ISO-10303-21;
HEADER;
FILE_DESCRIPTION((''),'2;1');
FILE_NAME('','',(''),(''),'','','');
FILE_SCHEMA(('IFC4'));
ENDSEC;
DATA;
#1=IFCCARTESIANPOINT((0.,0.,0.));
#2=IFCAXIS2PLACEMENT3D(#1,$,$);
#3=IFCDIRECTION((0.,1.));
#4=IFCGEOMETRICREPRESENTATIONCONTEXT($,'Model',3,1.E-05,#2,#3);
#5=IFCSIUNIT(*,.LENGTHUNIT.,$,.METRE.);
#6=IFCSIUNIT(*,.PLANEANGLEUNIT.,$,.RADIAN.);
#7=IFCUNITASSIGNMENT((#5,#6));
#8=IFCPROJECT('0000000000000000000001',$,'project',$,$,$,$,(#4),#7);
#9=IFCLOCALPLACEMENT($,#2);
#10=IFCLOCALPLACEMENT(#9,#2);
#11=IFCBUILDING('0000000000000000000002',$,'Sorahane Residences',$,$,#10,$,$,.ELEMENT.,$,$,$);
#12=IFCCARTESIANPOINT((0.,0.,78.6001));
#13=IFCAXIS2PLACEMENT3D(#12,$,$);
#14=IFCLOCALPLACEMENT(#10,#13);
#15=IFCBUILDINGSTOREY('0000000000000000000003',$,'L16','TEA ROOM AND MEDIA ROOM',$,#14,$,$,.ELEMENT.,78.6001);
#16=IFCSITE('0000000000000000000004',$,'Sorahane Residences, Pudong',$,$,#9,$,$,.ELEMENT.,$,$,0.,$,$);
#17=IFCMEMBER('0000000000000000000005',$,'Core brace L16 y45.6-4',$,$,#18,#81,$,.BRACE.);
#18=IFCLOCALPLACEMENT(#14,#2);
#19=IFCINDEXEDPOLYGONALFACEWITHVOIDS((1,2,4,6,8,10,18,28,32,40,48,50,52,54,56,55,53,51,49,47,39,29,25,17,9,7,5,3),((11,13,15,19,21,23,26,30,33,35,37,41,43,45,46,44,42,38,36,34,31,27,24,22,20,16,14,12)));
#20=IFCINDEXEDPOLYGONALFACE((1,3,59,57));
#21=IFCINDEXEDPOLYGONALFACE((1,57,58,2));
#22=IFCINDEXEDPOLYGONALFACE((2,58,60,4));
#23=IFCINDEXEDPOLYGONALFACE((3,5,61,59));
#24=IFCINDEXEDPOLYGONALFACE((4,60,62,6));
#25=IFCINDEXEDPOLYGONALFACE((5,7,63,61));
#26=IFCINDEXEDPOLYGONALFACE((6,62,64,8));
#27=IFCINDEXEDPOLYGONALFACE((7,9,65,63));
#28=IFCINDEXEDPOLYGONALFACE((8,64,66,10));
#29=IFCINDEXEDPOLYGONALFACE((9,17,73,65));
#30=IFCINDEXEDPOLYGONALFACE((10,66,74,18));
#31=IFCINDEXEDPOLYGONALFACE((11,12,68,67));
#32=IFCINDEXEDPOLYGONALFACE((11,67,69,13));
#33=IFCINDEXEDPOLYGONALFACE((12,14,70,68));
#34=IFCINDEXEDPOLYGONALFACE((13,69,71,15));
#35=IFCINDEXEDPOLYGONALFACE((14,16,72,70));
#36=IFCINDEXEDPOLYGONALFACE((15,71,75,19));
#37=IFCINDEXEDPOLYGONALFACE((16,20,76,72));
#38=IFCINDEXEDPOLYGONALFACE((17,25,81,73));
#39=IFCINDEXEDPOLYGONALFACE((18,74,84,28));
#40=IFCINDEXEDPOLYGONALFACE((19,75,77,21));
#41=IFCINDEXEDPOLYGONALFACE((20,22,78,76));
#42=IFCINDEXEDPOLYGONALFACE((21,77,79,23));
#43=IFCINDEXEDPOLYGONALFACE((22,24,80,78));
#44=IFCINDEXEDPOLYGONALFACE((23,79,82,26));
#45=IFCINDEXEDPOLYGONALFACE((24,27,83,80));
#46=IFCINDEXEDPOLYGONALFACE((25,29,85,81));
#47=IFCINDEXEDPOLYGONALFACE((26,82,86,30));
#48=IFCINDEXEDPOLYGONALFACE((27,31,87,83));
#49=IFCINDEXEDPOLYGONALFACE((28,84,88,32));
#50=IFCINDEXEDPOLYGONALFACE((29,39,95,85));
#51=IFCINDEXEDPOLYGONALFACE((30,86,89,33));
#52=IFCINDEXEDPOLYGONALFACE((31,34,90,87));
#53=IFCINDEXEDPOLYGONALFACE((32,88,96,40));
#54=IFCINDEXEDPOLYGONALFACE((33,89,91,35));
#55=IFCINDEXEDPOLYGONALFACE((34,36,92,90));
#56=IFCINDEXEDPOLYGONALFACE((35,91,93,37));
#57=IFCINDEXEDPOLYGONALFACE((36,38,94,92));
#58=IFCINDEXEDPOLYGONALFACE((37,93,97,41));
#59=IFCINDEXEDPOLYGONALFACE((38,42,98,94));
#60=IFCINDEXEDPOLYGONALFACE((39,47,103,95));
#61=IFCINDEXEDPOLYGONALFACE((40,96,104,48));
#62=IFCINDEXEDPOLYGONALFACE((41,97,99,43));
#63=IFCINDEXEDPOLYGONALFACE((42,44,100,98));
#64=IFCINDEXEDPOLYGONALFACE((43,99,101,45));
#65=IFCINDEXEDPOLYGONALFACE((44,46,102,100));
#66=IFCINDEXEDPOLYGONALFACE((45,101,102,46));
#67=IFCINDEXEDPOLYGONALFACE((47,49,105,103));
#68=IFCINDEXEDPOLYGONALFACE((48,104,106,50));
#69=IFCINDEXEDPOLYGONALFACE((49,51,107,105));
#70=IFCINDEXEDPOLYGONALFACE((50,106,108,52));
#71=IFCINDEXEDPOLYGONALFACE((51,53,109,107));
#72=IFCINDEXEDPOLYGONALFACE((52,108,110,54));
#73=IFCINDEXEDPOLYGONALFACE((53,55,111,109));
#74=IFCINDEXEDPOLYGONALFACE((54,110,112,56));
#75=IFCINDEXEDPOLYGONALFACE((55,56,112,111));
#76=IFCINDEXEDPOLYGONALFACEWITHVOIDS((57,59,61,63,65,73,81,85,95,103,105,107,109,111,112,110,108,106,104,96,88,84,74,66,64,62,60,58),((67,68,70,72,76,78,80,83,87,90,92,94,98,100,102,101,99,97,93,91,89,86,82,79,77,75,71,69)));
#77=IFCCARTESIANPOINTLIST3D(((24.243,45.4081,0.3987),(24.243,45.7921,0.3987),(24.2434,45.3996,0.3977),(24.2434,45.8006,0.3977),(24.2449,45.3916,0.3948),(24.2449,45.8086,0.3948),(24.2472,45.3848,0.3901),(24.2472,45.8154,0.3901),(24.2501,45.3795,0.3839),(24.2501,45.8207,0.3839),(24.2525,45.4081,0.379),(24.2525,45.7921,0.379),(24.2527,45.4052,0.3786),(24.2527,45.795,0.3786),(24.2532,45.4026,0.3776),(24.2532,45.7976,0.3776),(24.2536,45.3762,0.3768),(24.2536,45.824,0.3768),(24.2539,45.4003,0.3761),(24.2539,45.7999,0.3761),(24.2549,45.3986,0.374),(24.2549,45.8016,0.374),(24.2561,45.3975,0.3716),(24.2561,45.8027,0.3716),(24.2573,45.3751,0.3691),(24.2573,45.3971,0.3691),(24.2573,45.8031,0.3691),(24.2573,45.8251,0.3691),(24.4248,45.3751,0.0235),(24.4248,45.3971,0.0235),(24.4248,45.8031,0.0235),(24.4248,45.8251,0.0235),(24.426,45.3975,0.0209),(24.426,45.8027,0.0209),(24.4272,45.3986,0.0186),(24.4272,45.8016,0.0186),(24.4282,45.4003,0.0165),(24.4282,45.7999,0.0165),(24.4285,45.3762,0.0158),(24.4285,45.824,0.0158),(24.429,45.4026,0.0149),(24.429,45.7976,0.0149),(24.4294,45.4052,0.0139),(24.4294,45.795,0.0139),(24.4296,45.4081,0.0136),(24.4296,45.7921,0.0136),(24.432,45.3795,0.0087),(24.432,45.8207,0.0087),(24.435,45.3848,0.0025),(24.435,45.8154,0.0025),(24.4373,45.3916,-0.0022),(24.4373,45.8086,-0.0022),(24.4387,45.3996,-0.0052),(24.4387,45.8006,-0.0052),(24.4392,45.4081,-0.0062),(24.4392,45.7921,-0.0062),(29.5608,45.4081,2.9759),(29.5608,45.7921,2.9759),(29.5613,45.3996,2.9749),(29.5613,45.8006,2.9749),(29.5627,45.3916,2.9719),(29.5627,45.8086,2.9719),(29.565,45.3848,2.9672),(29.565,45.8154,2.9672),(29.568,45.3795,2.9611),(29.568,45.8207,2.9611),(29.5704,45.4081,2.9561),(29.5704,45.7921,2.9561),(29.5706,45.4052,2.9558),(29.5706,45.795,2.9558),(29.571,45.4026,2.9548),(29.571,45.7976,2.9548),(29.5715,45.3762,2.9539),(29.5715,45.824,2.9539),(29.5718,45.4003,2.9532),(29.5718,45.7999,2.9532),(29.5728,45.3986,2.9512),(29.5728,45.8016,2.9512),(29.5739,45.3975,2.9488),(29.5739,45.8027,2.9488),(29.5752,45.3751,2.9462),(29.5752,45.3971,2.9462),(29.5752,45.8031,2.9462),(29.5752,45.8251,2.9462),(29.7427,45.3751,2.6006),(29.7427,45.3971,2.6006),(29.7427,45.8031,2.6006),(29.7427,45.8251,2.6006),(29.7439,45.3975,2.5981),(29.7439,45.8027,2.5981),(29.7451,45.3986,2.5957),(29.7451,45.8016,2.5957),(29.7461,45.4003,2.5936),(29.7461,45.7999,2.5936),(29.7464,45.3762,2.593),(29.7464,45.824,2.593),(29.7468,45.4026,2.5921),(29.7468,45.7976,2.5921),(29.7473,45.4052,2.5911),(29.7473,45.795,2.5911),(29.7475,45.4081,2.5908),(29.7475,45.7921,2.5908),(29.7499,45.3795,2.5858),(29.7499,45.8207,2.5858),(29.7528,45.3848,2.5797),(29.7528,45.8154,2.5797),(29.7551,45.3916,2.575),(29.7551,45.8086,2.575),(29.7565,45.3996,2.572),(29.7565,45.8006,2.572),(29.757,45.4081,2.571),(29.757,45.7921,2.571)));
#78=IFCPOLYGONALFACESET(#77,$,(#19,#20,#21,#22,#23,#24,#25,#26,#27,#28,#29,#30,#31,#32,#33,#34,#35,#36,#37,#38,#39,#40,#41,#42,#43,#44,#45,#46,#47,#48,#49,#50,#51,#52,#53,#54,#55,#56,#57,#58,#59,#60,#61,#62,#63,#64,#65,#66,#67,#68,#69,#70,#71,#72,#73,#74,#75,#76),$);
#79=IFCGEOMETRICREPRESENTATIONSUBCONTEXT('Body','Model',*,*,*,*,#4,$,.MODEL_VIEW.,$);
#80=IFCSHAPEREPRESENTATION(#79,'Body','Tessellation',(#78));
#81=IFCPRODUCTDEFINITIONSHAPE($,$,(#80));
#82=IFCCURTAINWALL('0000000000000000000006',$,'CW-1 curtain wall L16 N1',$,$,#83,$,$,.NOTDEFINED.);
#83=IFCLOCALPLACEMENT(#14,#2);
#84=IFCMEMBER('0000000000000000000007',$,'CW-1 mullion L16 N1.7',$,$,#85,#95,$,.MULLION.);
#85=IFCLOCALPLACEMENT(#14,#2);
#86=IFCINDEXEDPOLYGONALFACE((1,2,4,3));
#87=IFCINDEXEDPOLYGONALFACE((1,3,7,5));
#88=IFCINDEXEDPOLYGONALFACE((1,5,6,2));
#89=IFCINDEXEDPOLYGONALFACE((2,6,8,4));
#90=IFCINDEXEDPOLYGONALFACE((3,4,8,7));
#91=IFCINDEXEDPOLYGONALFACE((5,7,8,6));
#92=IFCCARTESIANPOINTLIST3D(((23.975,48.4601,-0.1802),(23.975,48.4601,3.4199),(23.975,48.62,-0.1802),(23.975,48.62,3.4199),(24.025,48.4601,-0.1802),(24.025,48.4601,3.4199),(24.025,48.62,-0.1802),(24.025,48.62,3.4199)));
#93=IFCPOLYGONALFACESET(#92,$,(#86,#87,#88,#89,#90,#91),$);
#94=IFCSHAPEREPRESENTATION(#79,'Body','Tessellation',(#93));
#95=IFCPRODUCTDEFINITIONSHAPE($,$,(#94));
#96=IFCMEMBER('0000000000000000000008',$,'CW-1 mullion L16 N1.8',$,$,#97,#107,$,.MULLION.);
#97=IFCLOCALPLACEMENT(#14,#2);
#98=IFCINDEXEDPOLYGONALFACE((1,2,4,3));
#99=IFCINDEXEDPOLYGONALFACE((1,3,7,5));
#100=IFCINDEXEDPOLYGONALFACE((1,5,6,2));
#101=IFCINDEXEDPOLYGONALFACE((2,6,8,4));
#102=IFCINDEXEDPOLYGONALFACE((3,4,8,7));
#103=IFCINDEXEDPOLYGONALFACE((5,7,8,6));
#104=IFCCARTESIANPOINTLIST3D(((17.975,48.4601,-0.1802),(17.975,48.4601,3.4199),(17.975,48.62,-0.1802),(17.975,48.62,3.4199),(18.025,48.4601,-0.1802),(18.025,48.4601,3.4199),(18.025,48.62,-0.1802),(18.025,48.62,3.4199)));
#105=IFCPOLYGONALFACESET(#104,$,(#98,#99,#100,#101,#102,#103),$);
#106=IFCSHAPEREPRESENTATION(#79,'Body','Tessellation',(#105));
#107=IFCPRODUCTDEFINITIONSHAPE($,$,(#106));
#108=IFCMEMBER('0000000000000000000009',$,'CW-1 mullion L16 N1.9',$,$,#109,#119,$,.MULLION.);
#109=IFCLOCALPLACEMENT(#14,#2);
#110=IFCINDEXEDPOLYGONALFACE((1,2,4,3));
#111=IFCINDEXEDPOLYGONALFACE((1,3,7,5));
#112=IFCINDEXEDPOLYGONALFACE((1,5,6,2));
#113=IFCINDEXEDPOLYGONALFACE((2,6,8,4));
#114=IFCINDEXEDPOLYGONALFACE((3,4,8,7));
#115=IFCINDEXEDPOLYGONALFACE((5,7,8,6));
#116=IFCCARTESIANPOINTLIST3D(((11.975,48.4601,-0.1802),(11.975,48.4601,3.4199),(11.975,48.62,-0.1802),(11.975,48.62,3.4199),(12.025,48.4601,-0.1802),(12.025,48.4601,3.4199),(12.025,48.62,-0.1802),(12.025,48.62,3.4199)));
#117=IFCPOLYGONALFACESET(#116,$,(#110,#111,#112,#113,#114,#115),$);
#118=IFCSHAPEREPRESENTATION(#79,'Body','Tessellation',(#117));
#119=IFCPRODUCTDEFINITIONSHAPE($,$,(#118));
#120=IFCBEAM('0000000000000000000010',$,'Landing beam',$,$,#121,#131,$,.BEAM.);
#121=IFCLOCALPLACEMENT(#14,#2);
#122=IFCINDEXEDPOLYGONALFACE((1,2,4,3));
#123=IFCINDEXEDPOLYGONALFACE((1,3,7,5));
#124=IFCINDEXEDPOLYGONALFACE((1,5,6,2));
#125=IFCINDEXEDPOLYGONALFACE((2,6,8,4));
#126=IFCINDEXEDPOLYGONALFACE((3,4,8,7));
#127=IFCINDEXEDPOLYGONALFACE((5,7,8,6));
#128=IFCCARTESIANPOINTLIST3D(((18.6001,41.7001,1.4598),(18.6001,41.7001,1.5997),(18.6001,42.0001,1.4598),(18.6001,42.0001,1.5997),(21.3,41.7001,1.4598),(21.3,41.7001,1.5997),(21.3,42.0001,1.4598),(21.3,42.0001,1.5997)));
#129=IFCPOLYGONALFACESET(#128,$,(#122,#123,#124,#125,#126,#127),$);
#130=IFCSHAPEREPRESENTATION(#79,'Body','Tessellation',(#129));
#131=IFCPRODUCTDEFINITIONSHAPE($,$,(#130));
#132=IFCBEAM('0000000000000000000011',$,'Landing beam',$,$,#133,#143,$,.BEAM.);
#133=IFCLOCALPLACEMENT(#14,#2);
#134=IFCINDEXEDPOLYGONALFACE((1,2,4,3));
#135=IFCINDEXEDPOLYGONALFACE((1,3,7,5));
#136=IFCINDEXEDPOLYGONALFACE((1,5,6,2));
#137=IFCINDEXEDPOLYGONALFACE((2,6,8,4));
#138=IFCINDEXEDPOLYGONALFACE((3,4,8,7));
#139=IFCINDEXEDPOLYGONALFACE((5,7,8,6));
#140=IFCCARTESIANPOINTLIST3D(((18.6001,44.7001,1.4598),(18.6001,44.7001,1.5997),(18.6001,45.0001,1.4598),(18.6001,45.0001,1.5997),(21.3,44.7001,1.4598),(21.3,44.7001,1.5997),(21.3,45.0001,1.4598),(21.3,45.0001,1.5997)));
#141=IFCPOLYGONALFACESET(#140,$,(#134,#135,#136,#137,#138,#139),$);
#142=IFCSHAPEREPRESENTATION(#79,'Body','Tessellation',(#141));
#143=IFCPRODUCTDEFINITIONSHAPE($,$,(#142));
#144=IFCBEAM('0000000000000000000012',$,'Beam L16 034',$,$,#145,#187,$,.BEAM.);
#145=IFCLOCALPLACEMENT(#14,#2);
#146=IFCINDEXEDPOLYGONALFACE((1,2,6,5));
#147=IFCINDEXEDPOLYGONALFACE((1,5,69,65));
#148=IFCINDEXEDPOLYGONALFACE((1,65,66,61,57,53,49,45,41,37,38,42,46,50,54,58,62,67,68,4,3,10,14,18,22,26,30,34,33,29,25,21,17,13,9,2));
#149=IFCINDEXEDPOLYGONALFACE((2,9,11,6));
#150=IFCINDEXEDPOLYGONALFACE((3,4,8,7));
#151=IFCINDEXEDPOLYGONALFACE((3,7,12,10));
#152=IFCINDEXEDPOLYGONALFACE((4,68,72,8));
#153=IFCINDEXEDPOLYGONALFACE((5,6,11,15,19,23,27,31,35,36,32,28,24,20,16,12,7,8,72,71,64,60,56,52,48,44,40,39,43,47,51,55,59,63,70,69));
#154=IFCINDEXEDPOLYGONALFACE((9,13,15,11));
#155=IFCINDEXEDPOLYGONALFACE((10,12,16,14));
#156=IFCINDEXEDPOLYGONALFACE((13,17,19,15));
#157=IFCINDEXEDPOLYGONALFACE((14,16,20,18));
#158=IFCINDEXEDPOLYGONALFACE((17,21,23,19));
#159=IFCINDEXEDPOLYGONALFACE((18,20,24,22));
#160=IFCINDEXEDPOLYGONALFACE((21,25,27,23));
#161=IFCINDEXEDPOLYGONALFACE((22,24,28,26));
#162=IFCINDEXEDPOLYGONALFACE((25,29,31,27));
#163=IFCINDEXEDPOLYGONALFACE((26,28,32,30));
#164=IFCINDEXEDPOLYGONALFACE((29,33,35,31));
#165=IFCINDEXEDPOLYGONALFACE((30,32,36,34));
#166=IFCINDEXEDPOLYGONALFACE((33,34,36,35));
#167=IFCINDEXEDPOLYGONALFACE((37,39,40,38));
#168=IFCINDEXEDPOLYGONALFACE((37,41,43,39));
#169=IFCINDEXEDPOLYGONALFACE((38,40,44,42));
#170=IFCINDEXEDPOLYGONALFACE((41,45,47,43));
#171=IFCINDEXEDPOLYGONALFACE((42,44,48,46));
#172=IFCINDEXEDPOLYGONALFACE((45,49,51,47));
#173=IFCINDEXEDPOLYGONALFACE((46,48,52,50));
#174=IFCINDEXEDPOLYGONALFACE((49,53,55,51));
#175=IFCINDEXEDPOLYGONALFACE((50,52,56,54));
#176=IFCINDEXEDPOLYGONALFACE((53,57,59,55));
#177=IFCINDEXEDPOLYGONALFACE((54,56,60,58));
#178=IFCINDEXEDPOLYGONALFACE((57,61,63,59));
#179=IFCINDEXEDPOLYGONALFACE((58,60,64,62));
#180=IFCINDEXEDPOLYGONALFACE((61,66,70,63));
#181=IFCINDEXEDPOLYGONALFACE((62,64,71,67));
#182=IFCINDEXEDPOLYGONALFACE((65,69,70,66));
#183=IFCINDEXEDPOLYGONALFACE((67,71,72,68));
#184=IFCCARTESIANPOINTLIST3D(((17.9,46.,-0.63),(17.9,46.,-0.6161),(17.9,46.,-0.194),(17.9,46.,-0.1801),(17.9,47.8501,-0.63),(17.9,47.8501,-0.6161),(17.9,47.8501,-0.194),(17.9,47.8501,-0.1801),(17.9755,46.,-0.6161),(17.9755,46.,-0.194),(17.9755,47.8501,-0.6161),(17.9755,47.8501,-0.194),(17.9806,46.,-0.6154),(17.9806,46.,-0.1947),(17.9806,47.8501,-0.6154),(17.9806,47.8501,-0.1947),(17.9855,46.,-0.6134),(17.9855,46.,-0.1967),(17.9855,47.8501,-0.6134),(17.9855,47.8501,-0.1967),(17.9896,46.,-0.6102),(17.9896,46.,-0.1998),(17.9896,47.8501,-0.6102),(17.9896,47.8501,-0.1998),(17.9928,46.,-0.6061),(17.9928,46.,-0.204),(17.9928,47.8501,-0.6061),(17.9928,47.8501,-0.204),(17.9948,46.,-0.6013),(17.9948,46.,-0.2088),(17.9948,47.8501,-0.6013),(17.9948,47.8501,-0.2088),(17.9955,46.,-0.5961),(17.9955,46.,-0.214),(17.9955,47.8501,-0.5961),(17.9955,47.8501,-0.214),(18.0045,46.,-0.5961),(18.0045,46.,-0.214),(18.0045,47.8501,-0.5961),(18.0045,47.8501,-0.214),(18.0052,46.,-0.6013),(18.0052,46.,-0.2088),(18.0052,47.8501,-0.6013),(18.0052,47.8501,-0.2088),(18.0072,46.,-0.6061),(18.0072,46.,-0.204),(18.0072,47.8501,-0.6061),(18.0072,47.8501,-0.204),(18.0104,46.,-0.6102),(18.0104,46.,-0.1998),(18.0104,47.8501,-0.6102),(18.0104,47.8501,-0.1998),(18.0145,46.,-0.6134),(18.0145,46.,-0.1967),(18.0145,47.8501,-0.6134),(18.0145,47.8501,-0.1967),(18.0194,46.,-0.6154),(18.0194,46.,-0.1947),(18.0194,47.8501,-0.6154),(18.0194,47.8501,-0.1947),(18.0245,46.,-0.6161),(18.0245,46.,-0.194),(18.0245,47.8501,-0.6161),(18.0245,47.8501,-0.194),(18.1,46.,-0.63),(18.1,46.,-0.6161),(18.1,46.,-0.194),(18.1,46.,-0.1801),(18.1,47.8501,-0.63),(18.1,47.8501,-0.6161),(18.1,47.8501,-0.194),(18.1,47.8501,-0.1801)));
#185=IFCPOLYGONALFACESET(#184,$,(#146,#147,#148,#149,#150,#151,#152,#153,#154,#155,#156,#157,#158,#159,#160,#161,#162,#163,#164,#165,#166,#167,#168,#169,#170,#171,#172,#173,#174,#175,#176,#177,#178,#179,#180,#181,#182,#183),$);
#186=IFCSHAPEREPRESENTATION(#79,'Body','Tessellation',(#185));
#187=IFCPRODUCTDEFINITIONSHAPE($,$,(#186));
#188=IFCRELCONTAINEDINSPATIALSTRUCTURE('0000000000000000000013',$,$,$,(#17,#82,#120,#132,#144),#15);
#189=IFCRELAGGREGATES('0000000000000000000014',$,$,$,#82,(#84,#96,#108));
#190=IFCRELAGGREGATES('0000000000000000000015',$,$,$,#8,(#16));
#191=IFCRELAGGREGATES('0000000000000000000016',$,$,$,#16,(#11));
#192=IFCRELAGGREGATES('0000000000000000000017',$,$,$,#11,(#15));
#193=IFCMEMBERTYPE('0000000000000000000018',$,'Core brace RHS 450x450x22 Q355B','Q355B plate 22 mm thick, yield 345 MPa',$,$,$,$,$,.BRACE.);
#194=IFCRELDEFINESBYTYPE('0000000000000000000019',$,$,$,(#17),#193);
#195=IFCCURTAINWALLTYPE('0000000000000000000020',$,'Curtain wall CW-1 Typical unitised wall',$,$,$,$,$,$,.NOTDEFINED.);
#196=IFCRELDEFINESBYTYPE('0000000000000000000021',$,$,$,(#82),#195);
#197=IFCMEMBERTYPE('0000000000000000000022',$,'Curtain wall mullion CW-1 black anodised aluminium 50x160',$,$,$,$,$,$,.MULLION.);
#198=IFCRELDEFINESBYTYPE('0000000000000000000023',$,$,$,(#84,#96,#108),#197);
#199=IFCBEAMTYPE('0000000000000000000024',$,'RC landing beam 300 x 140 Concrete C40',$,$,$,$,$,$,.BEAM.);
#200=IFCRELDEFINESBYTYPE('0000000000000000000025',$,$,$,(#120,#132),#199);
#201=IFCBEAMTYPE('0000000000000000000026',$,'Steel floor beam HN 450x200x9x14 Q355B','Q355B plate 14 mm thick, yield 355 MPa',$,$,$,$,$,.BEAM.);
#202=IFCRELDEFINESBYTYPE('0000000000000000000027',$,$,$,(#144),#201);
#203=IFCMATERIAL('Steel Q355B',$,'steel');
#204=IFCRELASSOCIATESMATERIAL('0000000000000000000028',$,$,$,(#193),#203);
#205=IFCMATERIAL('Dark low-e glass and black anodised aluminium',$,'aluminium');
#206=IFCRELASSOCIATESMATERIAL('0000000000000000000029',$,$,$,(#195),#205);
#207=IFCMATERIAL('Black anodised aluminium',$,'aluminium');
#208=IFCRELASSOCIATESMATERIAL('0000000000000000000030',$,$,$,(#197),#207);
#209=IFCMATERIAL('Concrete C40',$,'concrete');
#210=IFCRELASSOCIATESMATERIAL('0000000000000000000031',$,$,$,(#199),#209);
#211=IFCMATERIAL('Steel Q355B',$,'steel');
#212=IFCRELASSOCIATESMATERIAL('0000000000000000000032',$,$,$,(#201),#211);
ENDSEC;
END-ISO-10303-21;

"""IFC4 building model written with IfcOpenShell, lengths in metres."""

from ifc_helpers import new_model, si_unit, direction, frame, origin, origin_2d, place, context, subcontext, project, spatial, rectangle, hollow_rectangle, i_section, extrude, material, material_profile, profile_set, type_object, element, aggregate, save


model = new_model("IFC4")

# Units and contexts
model_context = context("Model", 3, precision=1e-05, world=origin(), true_north=direction((0.0, 1.0)))
body_context = subcontext(model_context, "Body", "Model", "MODEL_VIEW")
ifc_project = project(units=[si_unit("LENGTHUNIT", "METRE"), si_unit("PLANEANGLEUNIT", "RADIAN")], contexts=[model_context])

# Site, building, storey
site_placement = place(None, origin())
site = spatial("IfcSite", under=ifc_project, at=site_placement, Name="Sorahane Residences, Pudong", CompositionType="ELEMENT", RefElevation=0.0)
building_placement = place(site_placement, origin())
building = spatial("IfcBuilding", under=site, at=building_placement, Name="Sorahane Residences", CompositionType="ELEMENT")
storey_placement = place(building_placement, frame((0.0, 0.0, 78.6001)))
storey = spatial("IfcBuildingStorey", under=building, at=storey_placement, Name="L16", Description="TEA ROOM AND MEDIA ROOM", CompositionType="ELEMENT", Elevation=78.6001)

# Member
ifc_material_1 = material(Name="Steel Q355B", Category="steel")
ifc_material_profile_1 = material_profile(ifc_material_1, hollow_rectangle(XDim=0.45, YDim=0.45, WallThickness=0.022, InnerFilletRadius=0.011, OuterFilletRadius=0.033, at=origin_2d()), Name="RHS 450x450x22")
ifc_profile_set_1 = profile_set([ifc_material_profile_1], Name="Steel Q355B")
member_type_1 = type_object("IfcMemberType", Name="Core brace RHS 450x450x22 Q355B", Description="Q355B plate 22 mm thick, yield 345 MPa", PredefinedType="BRACE", material=ifc_profile_set_1)
for number, where, z_axis, x_axis, name in (
    (1, (24.3411, 45.6001, 0.1963), (0.899895, 0.0, 0.436107), (0.0, 1.0, 0.0), "Core brace L16 y45.6-4"),
):
    element("IfcMember", number, at=place(storey_placement, frame(where, z_axis=z_axis, x_axis=x_axis)), inside=storey, type_object=member_type_1, Name=name, PredefinedType="BRACE", context=body_context, shape_type="SweptSolid", body=[
        extrude(hollow_rectangle(XDim=0.45, YDim=0.45, WallThickness=0.022, InnerFilletRadius=0.011, OuterFilletRadius=0.033, at=origin_2d()), origin(), (0.0, 0.0, 1.0), 5.9094),
    ])

# Curtain wall, members
ifc_material_2 = material(Name="Dark low-e glass and black anodised aluminium", Category="aluminium")
curtain_wall_type = type_object("IfcCurtainWallType", Name="Curtain wall CW-1 Typical unitised wall", PredefinedType="NOTDEFINED", material=ifc_material_2)
curtain_wall_placement = place(storey_placement, origin())
curtain_wall = element("IfcCurtainWall", 2, at=curtain_wall_placement, inside=storey, type_object=curtain_wall_type, Name="CW-1 curtain wall L16 N1", PredefinedType="NOTDEFINED")
ifc_material_3 = material(Name="Black anodised aluminium", Category="aluminium")
ifc_material_profile_2 = material_profile(ifc_material_3, rectangle(XDim=0.1599, YDim=0.05, at=origin_2d()), Name="Curtain wall mullion CW-1 black anodised aluminium 50x160")
ifc_profile_set_2 = profile_set([ifc_material_profile_2], Name="Black anodised aluminium")
member_type_2 = type_object("IfcMemberType", Name="Curtain wall mullion CW-1 black anodised aluminium 50x160", PredefinedType="MULLION", material=ifc_profile_set_2)
member_1_placement = place(storey_placement, frame((24.0, 48.54, -0.1802), z_axis=(0.0, 0.0, 1.0), x_axis=(0.0, 1.0, 0.0)))
member_1 = element("IfcMember", 3, at=member_1_placement, type_object=member_type_2, Name="CW-1 mullion L16 N1.7", PredefinedType="MULLION", context=body_context, shape_type="SweptSolid", body=[
    extrude(rectangle(XDim=0.1599, YDim=0.05, at=origin_2d()), origin(), (0.0, 0.0, 1.0), 3.6001),
])
member_2_placement = place(storey_placement, frame((18.0, 48.54, -0.1802), z_axis=(0.0, 0.0, 1.0), x_axis=(0.0, 1.0, 0.0)))
member_2 = element("IfcMember", 4, at=member_2_placement, type_object=member_type_2, Name="CW-1 mullion L16 N1.8", PredefinedType="MULLION", context=body_context, shape_type="SweptSolid", body=[
    extrude(rectangle(XDim=0.1599, YDim=0.05, at=origin_2d()), origin(), (0.0, 0.0, 1.0), 3.6001),
])
member_3_placement = place(storey_placement, frame((12.0, 48.54, -0.1802), z_axis=(0.0, 0.0, 1.0), x_axis=(0.0, 1.0, 0.0)))
member_3 = element("IfcMember", 5, at=member_3_placement, type_object=member_type_2, Name="CW-1 mullion L16 N1.9", PredefinedType="MULLION", context=body_context, shape_type="SweptSolid", body=[
    extrude(rectangle(XDim=0.1599, YDim=0.05, at=origin_2d()), origin(), (0.0, 0.0, 1.0), 3.6001),
])

# Beams
ifc_material_4 = material(Name="Concrete C40", Category="concrete")
ifc_material_profile_3 = material_profile(ifc_material_4, rectangle(XDim=0.3, YDim=0.1399, at=origin_2d()), Name="300x140")
ifc_profile_set_3 = profile_set([ifc_material_profile_3], Name="Concrete C40")
beam_type_1 = type_object("IfcBeamType", Name="RC landing beam 300 x 140 Concrete C40", PredefinedType="BEAM", material=ifc_profile_set_3)
for number, where, z_axis, x_axis, name in (
    (6, (18.6001, 41.8501, 1.5298), (1.0, 0.0, 0.0), (0.0, 1.0, 0.0), "Landing beam"),
    (7, (18.6001, 44.8501, 1.5298), (1.0, 0.0, 0.0), (0.0, 1.0, 0.0), "Landing beam"),
):
    element("IfcBeam", number, at=place(storey_placement, frame(where, z_axis=z_axis, x_axis=x_axis)), inside=storey, type_object=beam_type_1, Name=name, PredefinedType="BEAM", context=body_context, shape_type="SweptSolid", body=[
        extrude(rectangle(XDim=0.3, YDim=0.1399, at=origin_2d()), origin(), (0.0, 0.0, 1.0), 2.7),
    ])
ifc_material_5 = material(Name="Steel Q355B", Category="steel")
ifc_material_profile_4 = material_profile(ifc_material_5, i_section(OverallWidth=0.2, OverallDepth=0.45, WebThickness=0.009, FlangeThickness=0.0139, FilletRadius=0.02, at=origin_2d()), Name="HN 450x200x9x14")
ifc_profile_set_4 = profile_set([ifc_material_profile_4], Name="Steel Q355B")
beam_type_2 = type_object("IfcBeamType", Name="Steel floor beam HN 450x200x9x14 Q355B", Description="Q355B plate 14 mm thick, yield 355 MPa", PredefinedType="BEAM", material=ifc_profile_set_4)
beam_1_placement = place(storey_placement, frame((18.0, 46.0, -0.405), z_axis=(0.0, 1.0, 0.0), x_axis=(-1.0, 0.0, 0.0)))
element("IfcBeam", 8, at=beam_1_placement, inside=storey, type_object=beam_type_2, Name="Beam L16 034", PredefinedType="BEAM", context=body_context, shape_type="SweptSolid", body=[
    extrude(i_section(OverallWidth=0.2, OverallDepth=0.45, WebThickness=0.009, FlangeThickness=0.0139, FilletRadius=0.02, at=origin_2d()), origin(), (0.0, 0.0, 1.0), 1.8501),
])

aggregate(curtain_wall, [member_1, member_2, member_3])

save(model, "model.ifc")
